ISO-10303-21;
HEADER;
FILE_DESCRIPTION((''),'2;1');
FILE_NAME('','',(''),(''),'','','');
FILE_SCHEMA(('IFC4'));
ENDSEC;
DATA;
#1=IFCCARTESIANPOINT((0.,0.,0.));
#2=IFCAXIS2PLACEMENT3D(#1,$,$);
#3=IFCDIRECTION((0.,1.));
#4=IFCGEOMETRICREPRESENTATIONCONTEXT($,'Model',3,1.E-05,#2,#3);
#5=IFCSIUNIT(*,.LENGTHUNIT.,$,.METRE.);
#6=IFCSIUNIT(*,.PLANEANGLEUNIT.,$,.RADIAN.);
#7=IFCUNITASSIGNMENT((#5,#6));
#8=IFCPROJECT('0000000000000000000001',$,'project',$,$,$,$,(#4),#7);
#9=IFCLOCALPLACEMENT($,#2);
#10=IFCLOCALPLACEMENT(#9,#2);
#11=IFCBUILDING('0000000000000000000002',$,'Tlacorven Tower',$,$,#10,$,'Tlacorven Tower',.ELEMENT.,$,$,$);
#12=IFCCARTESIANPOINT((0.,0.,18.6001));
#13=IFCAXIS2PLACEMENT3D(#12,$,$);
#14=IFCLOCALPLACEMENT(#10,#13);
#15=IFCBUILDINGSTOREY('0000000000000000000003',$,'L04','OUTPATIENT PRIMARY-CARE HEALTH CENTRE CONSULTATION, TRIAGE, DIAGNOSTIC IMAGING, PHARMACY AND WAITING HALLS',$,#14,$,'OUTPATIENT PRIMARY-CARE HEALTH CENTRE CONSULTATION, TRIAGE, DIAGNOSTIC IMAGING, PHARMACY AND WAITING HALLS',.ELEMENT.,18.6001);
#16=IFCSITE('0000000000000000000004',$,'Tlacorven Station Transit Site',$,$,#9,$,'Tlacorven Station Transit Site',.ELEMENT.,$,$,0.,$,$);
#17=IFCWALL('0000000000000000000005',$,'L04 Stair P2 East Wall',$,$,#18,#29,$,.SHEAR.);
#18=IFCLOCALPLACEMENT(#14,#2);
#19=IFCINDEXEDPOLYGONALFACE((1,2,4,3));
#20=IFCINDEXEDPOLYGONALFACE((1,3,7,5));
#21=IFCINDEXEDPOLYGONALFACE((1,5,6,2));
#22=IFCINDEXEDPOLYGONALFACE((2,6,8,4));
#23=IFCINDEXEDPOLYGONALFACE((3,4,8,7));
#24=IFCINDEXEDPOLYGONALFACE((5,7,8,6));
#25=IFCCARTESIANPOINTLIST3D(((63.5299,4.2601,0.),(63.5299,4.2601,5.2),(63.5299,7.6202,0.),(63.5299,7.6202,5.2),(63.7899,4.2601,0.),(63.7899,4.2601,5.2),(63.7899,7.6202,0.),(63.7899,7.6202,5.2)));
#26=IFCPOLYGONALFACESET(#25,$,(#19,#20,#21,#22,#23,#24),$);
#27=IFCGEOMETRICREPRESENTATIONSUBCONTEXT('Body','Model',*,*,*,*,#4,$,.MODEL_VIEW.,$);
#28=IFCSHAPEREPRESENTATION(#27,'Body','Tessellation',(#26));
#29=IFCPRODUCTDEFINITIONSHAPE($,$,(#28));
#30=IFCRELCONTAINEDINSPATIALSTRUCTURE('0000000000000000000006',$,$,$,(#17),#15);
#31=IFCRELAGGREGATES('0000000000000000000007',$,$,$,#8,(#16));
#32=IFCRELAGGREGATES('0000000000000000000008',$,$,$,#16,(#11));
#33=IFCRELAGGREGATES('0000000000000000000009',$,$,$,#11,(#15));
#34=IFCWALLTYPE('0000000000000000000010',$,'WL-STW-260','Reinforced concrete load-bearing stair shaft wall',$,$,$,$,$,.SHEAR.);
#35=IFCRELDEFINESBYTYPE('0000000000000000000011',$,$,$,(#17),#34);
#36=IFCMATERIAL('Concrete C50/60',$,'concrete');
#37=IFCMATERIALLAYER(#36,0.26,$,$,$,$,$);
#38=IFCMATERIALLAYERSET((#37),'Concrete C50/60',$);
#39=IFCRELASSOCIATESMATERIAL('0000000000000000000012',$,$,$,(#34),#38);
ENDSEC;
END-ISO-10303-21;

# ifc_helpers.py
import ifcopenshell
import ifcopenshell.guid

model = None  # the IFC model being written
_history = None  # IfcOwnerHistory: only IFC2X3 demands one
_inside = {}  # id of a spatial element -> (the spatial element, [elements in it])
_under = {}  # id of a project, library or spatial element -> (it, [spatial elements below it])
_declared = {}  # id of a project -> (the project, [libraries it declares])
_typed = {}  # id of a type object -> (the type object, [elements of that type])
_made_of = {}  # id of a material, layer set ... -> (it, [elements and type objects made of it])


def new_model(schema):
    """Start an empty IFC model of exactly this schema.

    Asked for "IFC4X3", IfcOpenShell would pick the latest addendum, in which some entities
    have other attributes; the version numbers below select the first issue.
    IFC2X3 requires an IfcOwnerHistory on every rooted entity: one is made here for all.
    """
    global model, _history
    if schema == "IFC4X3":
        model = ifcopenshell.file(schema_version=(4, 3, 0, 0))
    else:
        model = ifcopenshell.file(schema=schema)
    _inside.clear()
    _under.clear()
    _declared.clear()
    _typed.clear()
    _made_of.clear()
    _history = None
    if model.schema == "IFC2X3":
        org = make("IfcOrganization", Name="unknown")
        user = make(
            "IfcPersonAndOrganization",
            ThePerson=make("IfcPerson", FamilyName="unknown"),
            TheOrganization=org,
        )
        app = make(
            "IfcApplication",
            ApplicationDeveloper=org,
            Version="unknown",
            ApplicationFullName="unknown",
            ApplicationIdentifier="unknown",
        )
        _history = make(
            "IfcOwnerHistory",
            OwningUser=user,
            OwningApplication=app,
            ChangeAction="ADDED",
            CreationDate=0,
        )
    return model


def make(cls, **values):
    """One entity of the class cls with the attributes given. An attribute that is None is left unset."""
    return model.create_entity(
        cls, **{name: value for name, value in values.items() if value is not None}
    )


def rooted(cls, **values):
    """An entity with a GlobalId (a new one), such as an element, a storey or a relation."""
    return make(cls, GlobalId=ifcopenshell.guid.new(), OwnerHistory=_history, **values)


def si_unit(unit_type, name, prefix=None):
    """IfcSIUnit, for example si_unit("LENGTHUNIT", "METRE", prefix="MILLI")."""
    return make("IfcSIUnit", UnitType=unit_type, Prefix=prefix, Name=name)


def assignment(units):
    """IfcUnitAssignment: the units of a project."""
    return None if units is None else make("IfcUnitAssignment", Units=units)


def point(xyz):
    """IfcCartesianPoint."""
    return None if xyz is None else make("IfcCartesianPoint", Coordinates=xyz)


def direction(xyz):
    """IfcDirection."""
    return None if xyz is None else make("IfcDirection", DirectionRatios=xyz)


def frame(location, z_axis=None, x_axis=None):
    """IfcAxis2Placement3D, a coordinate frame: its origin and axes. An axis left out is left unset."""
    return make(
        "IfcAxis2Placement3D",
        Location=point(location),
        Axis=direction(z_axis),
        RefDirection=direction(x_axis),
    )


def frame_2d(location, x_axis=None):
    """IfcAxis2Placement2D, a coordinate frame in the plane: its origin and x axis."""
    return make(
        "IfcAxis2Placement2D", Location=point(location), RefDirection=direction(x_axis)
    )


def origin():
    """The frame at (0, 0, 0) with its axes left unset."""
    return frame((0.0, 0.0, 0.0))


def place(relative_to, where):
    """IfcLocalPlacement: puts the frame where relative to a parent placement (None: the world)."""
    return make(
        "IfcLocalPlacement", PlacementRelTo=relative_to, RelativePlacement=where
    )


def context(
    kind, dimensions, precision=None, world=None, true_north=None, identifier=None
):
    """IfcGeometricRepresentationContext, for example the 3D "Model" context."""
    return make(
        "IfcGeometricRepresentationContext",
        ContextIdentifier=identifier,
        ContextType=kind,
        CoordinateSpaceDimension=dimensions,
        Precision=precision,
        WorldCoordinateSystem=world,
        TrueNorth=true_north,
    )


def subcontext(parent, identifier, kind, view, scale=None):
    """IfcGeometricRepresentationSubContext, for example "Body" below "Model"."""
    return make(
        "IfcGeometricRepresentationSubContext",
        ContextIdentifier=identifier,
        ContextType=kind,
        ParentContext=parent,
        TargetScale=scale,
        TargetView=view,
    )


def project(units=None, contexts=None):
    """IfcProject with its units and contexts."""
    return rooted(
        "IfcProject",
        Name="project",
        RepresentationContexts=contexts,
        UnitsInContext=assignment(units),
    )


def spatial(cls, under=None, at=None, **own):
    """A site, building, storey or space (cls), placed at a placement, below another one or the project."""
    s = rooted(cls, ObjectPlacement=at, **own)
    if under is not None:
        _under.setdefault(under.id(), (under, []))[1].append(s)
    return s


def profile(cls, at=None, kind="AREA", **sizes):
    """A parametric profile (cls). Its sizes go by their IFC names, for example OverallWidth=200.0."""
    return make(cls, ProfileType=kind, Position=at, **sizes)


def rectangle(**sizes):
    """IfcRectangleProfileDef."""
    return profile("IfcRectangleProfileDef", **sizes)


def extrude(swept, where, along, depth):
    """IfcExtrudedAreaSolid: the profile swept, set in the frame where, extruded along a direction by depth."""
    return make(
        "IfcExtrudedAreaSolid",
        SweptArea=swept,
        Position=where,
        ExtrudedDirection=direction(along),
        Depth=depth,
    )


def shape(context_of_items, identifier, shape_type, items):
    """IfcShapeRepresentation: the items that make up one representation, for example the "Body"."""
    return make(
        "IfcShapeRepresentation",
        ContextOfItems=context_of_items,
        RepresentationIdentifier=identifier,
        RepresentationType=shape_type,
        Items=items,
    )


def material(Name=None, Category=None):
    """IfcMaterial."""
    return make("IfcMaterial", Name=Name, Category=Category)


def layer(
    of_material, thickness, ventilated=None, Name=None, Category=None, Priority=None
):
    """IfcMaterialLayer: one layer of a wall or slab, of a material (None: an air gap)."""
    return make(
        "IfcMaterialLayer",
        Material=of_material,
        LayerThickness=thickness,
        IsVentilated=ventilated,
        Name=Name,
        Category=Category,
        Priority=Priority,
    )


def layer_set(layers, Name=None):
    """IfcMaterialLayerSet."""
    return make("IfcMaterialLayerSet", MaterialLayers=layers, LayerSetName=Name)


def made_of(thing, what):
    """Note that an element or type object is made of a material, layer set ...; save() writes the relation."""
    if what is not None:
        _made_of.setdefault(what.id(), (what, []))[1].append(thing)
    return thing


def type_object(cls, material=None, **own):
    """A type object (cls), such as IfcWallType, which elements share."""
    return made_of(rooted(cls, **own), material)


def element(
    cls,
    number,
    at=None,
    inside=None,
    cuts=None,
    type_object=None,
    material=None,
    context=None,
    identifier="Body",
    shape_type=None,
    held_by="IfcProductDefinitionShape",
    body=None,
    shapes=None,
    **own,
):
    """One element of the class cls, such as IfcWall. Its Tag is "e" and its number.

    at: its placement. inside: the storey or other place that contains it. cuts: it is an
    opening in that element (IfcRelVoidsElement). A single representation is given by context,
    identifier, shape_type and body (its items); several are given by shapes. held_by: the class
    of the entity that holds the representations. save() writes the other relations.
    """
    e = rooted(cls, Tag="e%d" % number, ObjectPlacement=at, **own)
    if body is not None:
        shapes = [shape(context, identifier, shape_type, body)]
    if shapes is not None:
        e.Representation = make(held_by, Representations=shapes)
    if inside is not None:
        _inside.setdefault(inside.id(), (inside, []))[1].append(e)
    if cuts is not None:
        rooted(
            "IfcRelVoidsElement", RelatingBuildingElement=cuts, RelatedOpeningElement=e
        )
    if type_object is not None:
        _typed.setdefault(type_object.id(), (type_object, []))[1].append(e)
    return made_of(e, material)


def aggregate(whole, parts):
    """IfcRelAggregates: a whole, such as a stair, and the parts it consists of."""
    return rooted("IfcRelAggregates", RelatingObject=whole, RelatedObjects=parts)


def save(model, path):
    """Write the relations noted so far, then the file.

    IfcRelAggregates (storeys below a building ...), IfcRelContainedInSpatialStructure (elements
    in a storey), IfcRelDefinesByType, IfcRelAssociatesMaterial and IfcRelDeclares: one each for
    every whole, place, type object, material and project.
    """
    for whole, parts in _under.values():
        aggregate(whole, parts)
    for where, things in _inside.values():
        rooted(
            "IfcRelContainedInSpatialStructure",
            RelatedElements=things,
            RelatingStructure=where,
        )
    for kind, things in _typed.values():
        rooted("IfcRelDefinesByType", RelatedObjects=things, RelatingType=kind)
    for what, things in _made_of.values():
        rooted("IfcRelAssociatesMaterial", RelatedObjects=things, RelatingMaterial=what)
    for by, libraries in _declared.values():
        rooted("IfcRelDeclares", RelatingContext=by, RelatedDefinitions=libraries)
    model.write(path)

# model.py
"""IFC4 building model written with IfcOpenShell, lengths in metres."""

from ifc_helpers import new_model, si_unit, direction, frame, frame_2d, origin, place, context, subcontext, project, spatial, rectangle, extrude, material, layer, layer_set, type_object, element, save


model = new_model("IFC4")

# Units and contexts
model_context = context("Model", 3, precision=1e-05, world=origin(), true_north=direction((0.0, 1.0)))
body_context = subcontext(model_context, "Body", "Model", "MODEL_VIEW")
ifc_project = project(units=[si_unit("LENGTHUNIT", "METRE"), si_unit("PLANEANGLEUNIT", "RADIAN")], contexts=[model_context])

# Site, building, storey
site_placement = place(None, origin())
site = spatial("IfcSite", under=ifc_project, at=site_placement, Name="Tlacorven Station Transit Site", LongName="Tlacorven Station Transit Site", CompositionType="ELEMENT", RefElevation=0.0)
building_placement = place(site_placement, origin())
building = spatial("IfcBuilding", under=site, at=building_placement, Name="Tlacorven Tower", LongName="Tlacorven Tower", CompositionType="ELEMENT")
storey_placement = place(building_placement, frame((0.0, 0.0, 18.6001)))
storey = spatial("IfcBuildingStorey", under=building, at=storey_placement, Name="L04", Description="OUTPATIENT PRIMARY-CARE HEALTH CENTRE CONSULTATION, TRIAGE, DIAGNOSTIC IMAGING, PHARMACY AND WAITING HALLS", LongName="OUTPATIENT PRIMARY-CARE HEALTH CENTRE CONSULTATION, TRIAGE, DIAGNOSTIC IMAGING, PHARMACY AND WAITING HALLS", CompositionType="ELEMENT", Elevation=18.6001)

# Wall
ifc_material_1 = material(Name="Concrete C50/60", Category="concrete")
ifc_layer_1 = layer(ifc_material_1, 0.26)
ifc_layer_set_1 = layer_set([ifc_layer_1], Name="Concrete C50/60")
wall_type_1 = type_object("IfcWallType", Name="WL-STW-260", Description="Reinforced concrete load-bearing stair shaft wall", PredefinedType="SHEAR", material=ifc_layer_set_1)
wall_1_placement = place(storey_placement, frame((63.6599, 4.26, 0.0), z_axis=(0.0, 0.0, 1.0), x_axis=(0.0, 1.0, 0.0)))
element("IfcWall", 1, at=wall_1_placement, inside=storey, type_object=wall_type_1, Name="L04 Stair P2 East Wall", PredefinedType="SHEAR", context=body_context, shape_type="SweptSolid", body=[
    extrude(rectangle(XDim=3.3601, YDim=0.26, at=frame_2d((1.6802, 0.0))), origin(), (0.0, 0.0, 1.0), 5.2),
])

save(model, "model.ifc")
